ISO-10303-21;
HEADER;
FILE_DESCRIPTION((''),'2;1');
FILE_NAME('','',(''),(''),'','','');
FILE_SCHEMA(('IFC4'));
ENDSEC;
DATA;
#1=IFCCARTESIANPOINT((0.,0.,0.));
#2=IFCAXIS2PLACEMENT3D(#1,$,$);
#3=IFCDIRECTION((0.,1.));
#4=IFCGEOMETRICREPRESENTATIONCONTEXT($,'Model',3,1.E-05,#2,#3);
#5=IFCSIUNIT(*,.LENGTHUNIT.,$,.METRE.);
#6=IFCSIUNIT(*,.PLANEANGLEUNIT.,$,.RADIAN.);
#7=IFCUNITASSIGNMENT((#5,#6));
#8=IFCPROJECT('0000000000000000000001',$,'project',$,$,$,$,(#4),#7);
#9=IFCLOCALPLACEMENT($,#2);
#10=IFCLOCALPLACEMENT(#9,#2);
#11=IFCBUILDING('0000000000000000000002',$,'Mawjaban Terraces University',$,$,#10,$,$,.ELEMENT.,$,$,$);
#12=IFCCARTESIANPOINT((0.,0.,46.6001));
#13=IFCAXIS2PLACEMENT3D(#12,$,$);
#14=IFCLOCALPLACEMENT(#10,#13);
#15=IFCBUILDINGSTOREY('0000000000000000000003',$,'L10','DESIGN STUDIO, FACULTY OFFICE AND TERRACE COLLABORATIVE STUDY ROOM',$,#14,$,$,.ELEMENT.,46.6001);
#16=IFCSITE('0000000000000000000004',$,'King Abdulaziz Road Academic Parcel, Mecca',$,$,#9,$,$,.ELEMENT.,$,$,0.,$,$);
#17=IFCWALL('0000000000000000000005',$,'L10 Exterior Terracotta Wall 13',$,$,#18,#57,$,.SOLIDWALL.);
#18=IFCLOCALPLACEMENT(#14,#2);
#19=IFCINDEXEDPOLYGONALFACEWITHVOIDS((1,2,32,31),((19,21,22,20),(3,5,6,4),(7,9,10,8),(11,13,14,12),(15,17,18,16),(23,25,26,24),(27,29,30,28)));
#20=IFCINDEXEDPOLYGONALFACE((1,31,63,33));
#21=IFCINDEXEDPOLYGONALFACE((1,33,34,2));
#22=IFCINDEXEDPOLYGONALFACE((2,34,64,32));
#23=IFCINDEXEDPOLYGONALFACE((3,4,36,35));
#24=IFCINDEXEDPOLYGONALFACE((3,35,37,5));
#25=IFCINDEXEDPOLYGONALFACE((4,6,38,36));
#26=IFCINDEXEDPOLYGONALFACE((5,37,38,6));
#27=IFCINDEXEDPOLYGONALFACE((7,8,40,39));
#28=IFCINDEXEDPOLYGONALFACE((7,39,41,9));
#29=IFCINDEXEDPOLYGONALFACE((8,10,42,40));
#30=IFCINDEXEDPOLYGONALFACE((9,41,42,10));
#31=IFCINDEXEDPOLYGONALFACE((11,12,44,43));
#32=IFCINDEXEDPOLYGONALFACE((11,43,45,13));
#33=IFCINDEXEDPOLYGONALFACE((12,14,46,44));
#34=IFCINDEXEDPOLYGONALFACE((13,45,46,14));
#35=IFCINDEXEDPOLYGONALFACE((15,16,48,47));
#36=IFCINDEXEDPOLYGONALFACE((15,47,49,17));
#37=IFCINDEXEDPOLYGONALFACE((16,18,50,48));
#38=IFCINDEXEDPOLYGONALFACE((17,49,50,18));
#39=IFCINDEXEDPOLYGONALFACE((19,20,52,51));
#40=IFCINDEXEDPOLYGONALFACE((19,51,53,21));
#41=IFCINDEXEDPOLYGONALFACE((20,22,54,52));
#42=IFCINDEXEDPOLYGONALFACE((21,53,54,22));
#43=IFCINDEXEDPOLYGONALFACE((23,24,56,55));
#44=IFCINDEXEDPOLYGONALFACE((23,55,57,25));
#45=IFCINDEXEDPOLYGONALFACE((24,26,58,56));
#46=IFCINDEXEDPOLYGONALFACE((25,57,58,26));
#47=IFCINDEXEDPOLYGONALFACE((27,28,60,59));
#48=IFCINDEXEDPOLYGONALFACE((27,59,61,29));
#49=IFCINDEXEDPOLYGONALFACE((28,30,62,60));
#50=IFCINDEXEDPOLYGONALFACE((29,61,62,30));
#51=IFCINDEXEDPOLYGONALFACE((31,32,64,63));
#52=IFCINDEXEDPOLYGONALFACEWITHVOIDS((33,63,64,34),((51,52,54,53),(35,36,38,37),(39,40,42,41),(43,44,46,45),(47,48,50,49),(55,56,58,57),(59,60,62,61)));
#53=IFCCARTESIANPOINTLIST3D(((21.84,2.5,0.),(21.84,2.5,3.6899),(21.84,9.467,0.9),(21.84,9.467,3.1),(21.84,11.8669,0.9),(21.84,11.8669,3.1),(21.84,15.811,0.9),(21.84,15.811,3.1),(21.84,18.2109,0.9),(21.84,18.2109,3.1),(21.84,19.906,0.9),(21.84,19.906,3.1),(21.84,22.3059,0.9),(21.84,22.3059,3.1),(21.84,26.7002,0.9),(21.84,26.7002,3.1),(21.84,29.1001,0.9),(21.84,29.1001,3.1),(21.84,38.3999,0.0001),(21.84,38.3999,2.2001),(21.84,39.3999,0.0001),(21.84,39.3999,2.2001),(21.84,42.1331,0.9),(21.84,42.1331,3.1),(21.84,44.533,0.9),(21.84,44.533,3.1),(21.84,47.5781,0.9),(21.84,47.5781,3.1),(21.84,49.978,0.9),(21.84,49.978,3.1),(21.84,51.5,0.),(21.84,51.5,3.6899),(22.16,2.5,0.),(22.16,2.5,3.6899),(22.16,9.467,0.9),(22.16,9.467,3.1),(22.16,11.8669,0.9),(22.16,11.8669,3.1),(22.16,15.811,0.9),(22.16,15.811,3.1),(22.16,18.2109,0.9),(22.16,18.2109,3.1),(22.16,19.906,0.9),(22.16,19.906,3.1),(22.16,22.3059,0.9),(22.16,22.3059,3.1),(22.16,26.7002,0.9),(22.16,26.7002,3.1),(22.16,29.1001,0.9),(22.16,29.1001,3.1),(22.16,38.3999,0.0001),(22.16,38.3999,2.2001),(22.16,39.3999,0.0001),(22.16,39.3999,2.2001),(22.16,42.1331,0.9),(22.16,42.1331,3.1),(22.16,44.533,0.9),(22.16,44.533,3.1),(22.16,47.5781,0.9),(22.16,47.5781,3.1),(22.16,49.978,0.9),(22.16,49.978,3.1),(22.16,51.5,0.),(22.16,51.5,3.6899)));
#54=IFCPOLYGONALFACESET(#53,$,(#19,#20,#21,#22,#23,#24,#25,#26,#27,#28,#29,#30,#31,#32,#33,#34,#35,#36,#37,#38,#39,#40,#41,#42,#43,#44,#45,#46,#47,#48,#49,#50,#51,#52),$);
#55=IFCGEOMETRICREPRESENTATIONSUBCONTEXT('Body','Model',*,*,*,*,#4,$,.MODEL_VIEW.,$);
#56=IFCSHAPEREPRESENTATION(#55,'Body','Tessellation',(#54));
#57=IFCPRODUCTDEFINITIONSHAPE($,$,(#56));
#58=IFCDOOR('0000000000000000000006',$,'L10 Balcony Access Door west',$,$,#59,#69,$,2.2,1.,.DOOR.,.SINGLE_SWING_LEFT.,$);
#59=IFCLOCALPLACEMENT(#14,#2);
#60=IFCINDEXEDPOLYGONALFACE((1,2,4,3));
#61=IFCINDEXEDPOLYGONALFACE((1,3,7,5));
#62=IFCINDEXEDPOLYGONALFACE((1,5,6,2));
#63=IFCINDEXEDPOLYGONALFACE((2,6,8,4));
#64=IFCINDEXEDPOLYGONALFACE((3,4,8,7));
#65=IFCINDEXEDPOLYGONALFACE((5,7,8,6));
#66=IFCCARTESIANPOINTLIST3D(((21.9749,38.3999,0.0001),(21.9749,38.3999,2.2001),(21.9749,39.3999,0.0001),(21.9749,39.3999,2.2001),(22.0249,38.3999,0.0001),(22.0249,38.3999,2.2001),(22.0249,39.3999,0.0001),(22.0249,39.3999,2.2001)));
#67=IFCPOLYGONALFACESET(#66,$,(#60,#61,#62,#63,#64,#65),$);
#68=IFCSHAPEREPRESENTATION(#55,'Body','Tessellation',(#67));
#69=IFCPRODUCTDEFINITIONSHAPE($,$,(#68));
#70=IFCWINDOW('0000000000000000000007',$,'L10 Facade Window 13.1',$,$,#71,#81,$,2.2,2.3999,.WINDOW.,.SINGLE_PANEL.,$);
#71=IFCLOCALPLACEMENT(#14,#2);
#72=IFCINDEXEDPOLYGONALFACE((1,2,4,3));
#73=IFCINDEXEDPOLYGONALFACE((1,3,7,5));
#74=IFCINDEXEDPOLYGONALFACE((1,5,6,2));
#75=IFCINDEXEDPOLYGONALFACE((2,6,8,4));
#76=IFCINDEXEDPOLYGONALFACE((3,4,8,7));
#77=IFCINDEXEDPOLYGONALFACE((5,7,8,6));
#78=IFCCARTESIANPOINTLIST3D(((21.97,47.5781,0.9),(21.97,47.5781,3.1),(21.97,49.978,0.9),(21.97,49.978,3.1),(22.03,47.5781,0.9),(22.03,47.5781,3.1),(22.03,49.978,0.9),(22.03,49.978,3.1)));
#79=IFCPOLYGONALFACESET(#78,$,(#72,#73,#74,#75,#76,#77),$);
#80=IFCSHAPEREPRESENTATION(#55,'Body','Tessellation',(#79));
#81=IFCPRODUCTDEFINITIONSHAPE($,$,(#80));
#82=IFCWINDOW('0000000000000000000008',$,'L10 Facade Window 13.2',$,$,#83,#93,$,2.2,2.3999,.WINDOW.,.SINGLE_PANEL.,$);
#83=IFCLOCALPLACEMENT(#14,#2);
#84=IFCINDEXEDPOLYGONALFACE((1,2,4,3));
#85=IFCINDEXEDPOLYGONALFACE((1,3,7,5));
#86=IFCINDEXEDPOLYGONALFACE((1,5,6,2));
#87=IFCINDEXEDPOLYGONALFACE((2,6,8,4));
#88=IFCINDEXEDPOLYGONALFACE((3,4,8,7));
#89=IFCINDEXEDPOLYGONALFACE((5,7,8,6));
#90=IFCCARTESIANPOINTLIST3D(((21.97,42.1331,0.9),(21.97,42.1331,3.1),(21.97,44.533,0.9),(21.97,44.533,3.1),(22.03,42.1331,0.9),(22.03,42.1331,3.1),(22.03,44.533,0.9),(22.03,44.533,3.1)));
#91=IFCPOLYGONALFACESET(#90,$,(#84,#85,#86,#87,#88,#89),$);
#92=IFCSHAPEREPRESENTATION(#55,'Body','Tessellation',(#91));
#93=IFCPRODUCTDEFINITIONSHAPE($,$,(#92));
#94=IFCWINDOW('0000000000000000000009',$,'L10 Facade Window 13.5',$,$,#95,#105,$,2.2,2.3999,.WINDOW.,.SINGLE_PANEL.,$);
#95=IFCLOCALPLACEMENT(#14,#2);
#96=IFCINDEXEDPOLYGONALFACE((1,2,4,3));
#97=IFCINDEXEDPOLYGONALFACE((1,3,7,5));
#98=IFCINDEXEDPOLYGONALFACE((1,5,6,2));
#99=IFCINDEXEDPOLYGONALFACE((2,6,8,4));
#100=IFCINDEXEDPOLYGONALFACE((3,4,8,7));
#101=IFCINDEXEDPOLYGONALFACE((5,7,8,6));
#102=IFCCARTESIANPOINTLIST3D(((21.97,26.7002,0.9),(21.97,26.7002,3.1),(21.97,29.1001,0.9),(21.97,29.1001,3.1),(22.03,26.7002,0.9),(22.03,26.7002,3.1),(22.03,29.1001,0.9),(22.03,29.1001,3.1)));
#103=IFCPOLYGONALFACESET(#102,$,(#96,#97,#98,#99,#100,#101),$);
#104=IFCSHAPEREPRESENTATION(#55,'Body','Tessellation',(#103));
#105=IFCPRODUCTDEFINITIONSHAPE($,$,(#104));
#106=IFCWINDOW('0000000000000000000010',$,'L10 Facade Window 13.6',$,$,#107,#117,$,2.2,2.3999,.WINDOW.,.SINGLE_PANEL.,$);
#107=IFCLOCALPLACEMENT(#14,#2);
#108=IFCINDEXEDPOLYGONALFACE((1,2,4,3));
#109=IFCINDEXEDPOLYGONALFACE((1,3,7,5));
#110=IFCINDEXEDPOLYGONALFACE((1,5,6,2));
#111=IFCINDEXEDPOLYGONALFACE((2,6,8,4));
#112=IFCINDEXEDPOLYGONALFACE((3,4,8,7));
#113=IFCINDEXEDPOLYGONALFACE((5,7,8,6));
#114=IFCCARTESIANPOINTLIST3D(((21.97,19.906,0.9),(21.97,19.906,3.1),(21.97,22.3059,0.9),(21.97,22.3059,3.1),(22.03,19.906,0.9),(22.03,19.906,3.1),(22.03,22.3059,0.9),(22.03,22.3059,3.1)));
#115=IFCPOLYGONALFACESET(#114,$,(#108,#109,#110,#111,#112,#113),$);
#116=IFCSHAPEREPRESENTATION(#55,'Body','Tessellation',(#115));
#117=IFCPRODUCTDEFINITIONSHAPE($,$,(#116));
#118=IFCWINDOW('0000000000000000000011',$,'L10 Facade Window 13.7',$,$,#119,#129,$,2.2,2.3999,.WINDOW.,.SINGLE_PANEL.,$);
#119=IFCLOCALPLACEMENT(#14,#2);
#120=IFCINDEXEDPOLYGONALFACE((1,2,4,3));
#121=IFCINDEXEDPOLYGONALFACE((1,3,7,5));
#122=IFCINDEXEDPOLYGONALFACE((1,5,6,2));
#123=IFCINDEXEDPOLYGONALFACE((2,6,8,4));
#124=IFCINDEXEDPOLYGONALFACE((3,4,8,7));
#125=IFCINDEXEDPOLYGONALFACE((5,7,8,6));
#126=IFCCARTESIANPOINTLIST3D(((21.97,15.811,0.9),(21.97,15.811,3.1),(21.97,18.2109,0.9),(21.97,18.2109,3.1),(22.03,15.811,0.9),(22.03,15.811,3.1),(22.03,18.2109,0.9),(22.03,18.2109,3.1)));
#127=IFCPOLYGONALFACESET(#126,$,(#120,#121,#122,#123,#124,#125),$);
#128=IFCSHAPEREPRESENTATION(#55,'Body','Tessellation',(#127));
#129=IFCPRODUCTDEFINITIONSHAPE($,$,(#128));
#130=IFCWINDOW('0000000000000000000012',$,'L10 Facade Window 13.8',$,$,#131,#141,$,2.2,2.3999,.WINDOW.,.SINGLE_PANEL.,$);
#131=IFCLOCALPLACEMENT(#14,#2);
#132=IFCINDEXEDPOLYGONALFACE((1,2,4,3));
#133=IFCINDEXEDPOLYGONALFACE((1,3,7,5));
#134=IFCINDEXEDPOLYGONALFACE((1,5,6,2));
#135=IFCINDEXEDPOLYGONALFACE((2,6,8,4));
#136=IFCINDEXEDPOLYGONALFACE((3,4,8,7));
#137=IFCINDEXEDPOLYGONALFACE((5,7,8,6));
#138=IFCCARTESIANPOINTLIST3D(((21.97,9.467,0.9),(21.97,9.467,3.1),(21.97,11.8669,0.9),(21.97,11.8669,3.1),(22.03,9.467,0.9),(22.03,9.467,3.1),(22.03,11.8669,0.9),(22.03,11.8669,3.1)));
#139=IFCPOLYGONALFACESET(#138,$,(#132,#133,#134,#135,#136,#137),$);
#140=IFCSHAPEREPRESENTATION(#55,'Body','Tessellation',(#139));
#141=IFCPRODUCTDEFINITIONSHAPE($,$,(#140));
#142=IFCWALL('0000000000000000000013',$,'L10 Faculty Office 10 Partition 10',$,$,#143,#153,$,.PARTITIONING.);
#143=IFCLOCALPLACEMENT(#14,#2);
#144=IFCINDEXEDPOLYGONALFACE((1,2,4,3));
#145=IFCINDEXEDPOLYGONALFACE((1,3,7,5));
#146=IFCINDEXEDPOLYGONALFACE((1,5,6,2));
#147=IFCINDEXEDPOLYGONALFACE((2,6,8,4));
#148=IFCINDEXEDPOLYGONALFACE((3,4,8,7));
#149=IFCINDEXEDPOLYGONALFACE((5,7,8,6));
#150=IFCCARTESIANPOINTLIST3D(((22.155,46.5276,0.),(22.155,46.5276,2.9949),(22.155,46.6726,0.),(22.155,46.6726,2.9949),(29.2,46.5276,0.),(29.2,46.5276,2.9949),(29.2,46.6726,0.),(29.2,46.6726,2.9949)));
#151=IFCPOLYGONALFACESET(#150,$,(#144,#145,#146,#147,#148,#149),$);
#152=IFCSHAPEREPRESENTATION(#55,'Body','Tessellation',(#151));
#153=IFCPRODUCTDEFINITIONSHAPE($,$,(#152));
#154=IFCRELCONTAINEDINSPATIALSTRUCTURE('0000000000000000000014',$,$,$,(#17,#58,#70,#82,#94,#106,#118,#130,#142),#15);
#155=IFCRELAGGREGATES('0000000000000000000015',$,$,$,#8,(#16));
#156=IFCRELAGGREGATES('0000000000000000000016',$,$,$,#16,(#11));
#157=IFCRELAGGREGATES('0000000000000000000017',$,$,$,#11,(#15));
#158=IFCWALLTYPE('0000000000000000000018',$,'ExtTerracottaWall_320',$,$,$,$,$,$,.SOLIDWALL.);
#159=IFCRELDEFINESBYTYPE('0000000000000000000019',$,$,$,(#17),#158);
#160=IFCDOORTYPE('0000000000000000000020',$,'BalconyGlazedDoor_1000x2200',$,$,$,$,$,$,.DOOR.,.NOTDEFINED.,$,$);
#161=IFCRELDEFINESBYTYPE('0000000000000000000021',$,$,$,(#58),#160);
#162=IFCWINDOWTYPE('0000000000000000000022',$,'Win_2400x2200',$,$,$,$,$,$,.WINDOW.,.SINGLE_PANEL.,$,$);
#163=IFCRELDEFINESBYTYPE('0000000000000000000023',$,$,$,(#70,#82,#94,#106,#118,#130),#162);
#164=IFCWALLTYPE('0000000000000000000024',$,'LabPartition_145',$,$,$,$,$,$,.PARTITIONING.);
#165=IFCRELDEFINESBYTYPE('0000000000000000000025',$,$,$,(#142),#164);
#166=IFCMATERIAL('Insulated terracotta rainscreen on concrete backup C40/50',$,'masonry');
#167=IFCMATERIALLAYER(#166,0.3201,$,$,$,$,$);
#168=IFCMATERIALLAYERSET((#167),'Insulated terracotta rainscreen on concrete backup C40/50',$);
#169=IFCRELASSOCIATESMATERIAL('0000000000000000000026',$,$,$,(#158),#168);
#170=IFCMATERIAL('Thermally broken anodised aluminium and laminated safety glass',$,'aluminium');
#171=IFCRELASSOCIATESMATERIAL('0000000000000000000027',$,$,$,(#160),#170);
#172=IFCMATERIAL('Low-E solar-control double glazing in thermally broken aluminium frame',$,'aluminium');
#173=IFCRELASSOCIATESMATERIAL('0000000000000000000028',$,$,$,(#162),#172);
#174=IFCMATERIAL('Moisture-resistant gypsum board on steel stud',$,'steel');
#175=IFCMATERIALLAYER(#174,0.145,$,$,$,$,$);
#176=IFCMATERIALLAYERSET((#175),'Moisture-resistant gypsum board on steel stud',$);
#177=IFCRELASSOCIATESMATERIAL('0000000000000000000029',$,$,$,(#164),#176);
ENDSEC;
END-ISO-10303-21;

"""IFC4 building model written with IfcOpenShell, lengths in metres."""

from ifc_helpers import new_model, si_unit, direction, frame, frame_2d, origin, place, context, subcontext, project, spatial, rectangle, extrude, material, layer, layer_set, type_object, element, fill, save


model = new_model("IFC4")

# Units and contexts
model_context = context("Model", 3, precision=1e-05, world=origin(), true_north=direction((0.0, 1.0)))
body_context = subcontext(model_context, "Body", "Model", "MODEL_VIEW")
ifc_project = project(units=[si_unit("LENGTHUNIT", "METRE"), si_unit("PLANEANGLEUNIT", "RADIAN")], contexts=[model_context])

# Site, building, storey
site_placement = place(None, origin())
site = spatial("IfcSite", under=ifc_project, at=site_placement, Name="King Abdulaziz Road Academic Parcel, Mecca", CompositionType="ELEMENT", RefElevation=0.0)
building_placement = place(site_placement, origin())
building = spatial("IfcBuilding", under=site, at=building_placement, Name="Mawjaban Terraces University", CompositionType="ELEMENT")
storey_placement = place(building_placement, frame((0.0, 0.0, 46.6001)))
storey = spatial("IfcBuildingStorey", under=building, at=storey_placement, Name="L10", Description="DESIGN STUDIO, FACULTY OFFICE AND TERRACE COLLABORATIVE STUDY ROOM", CompositionType="ELEMENT", Elevation=46.6001)

# Shared definitions
ifc_material_1 = material(Name="Insulated terracotta rainscreen on concrete backup C40/50", Category="masonry")
ifc_layer_1 = layer(ifc_material_1, 0.3201)
ifc_layer_set_1 = layer_set([ifc_layer_1], Name="Insulated terracotta rainscreen on concrete backup C40/50")
wall_type_1 = type_object("IfcWallType", Name="ExtTerracottaWall_320", PredefinedType="SOLIDWALL", material=ifc_layer_set_1)

# Wall, openings, door, windows
wall_1_placement = place(storey_placement, frame((22.0, 51.5, 0.0), z_axis=(0.0, 0.0, 1.0), x_axis=(0.0, -1.0, 0.0)))
wall_1 = element("IfcWall", 1, at=wall_1_placement, inside=storey, type_object=wall_type_1, Name="L10 Exterior Terracotta Wall 13", PredefinedType="SOLIDWALL", context=body_context, shape_type="SweptSolid", body=[
    extrude(rectangle(XDim=49.0, YDim=0.3201, at=frame_2d((24.5, 0.0))), origin(), (0.0, 0.0, 1.0), 3.6899),
])
opening_1_placement = place(wall_1_placement, frame((12.1001, 0.0, 0.0)))
opening_1 = element("IfcOpeningElement", 2, at=opening_1_placement, cuts=wall_1, PredefinedType="OPENING", context=body_context, shape_type="SweptSolid", body=[
    extrude(rectangle(XDim=1.0, YDim=2.2, at=frame_2d((0.5, 1.1001))), frame((0.0, 0.1699, 0.0), z_axis=(0.0, -1.0, 0.0), x_axis=(1.0, 0.0, 0.0)), (0.0, 0.0, 1.0), 0.3401),
])
opening_2_placement = place(wall_1_placement, frame((1.522, 0.0, 0.8999)))
opening_2 = element("IfcOpeningElement", 3, at=opening_2_placement, cuts=wall_1, PredefinedType="OPENING", context=body_context, shape_type="SweptSolid", body=[
    extrude(rectangle(XDim=2.3999, YDim=2.2, at=frame_2d((1.2, 1.1001))), frame((0.0, 0.1699, 0.0), z_axis=(0.0, -1.0, 0.0), x_axis=(1.0, 0.0, 0.0)), (0.0, 0.0, 1.0), 0.3401),
])
opening_3_placement = place(wall_1_placement, frame((6.967, 0.0, 0.8999)))
opening_3 = element("IfcOpeningElement", 4, at=opening_3_placement, cuts=wall_1, PredefinedType="OPENING", context=body_context, shape_type="SweptSolid", body=[
    extrude(rectangle(XDim=2.3999, YDim=2.2, at=frame_2d((1.2, 1.1001))), frame((0.0, 0.1699, 0.0), z_axis=(0.0, -1.0, 0.0), x_axis=(1.0, 0.0, 0.0)), (0.0, 0.0, 1.0), 0.3401),
])
opening_4_placement = place(wall_1_placement, frame((22.3999, 0.0, 0.8999)))
opening_4 = element("IfcOpeningElement", 5, at=opening_4_placement, cuts=wall_1, PredefinedType="OPENING", context=body_context, shape_type="SweptSolid", body=[
    extrude(rectangle(XDim=2.3999, YDim=2.2, at=frame_2d((1.2, 1.1001))), frame((0.0, 0.1699, 0.0), z_axis=(0.0, -1.0, 0.0), x_axis=(1.0, 0.0, 0.0)), (0.0, 0.0, 1.0), 0.3401),
])
opening_5_placement = place(wall_1_placement, frame((29.1941, 0.0, 0.8999)))
opening_5 = element("IfcOpeningElement", 6, at=opening_5_placement, cuts=wall_1, PredefinedType="OPENING", context=body_context, shape_type="SweptSolid", body=[
    extrude(rectangle(XDim=2.3999, YDim=2.2, at=frame_2d((1.2, 1.1001))), frame((0.0, 0.1699, 0.0), z_axis=(0.0, -1.0, 0.0), x_axis=(1.0, 0.0, 0.0)), (0.0, 0.0, 1.0), 0.3401),
])
opening_6_placement = place(wall_1_placement, frame((33.2891, 0.0, 0.8999)))
opening_6 = element("IfcOpeningElement", 7, at=opening_6_placement, cuts=wall_1, PredefinedType="OPENING", context=body_context, shape_type="SweptSolid", body=[
    extrude(rectangle(XDim=2.3999, YDim=2.2, at=frame_2d((1.2, 1.1001))), frame((0.0, 0.1699, 0.0), z_axis=(0.0, -1.0, 0.0), x_axis=(1.0, 0.0, 0.0)), (0.0, 0.0, 1.0), 0.3401),
])
opening_7_placement = place(wall_1_placement, frame((39.6331, 0.0, 0.8999)))
opening_7 = element("IfcOpeningElement", 8, at=opening_7_placement, cuts=wall_1, PredefinedType="OPENING", context=body_context, shape_type="SweptSolid", body=[
    extrude(rectangle(XDim=2.3999, YDim=2.2, at=frame_2d((1.2, 1.1001))), frame((0.0, 0.1699, 0.0), z_axis=(0.0, -1.0, 0.0), x_axis=(1.0, 0.0, 0.0)), (0.0, 0.0, 1.0), 0.3401),
])
ifc_material_2 = material(Name="Thermally broken anodised aluminium and laminated safety glass", Category="aluminium")
door_type_1 = type_object("IfcDoorType", Name="BalconyGlazedDoor_1000x2200", OperationType="NOTDEFINED", PredefinedType="DOOR", material=ifc_material_2)
door_1_placement = place(opening_1_placement, origin())
door_1 = element("IfcDoor", 9, at=door_1_placement, inside=storey, type_object=door_type_1, Name="L10 Balcony Access Door west", OperationType="SINGLE_SWING_LEFT", OverallHeight=2.2, OverallWidth=1.0, PredefinedType="DOOR", context=body_context, shape_type="SweptSolid", body=[
    extrude(rectangle(XDim=1.0, YDim=2.2, at=frame_2d((0.5, 1.1001))), frame((0.0, 0.0249, 0.0), z_axis=(0.0, -1.0, 0.0), x_axis=(1.0, 0.0, 0.0)), (0.0, 0.0, 1.0), 0.05),
])
fill(opening_1, door_1)
ifc_material_3 = material(Name="Low-E solar-control double glazing in thermally broken aluminium frame", Category="aluminium")
window_type = type_object("IfcWindowType", Name="Win_2400x2200", PartitioningType="SINGLE_PANEL", PredefinedType="WINDOW", material=ifc_material_3)
window_1_placement = place(opening_2_placement, origin())
window_1 = element("IfcWindow", 10, at=window_1_placement, inside=storey, type_object=window_type, Name="L10 Facade Window 13.1", OverallHeight=2.2, OverallWidth=2.3999, PartitioningType="SINGLE_PANEL", PredefinedType="WINDOW", context=body_context, shape_type="SweptSolid", body=[
    extrude(rectangle(XDim=2.3999, YDim=2.2, at=frame_2d((1.2, 1.1001))), frame((0.0, 0.03, 0.0), z_axis=(0.0, -1.0, 0.0), x_axis=(1.0, 0.0, 0.0)), (0.0, 0.0, 1.0), 0.0601),
])
fill(opening_2, window_1)
window_2_placement = place(opening_3_placement, origin())
window_2 = element("IfcWindow", 11, at=window_2_placement, inside=storey, type_object=window_type, Name="L10 Facade Window 13.2", OverallHeight=2.2, OverallWidth=2.3999, PartitioningType="SINGLE_PANEL", PredefinedType="WINDOW", context=body_context, shape_type="SweptSolid", body=[
    extrude(rectangle(XDim=2.3999, YDim=2.2, at=frame_2d((1.2, 1.1001))), frame((0.0, 0.03, 0.0), z_axis=(0.0, -1.0, 0.0), x_axis=(1.0, 0.0, 0.0)), (0.0, 0.0, 1.0), 0.0601),
])
fill(opening_3, window_2)
window_3_placement = place(opening_4_placement, origin())
window_3 = element("IfcWindow", 12, at=window_3_placement, inside=storey, type_object=window_type, Name="L10 Facade Window 13.5", OverallHeight=2.2, OverallWidth=2.3999, PartitioningType="SINGLE_PANEL", PredefinedType="WINDOW", context=body_context, shape_type="SweptSolid", body=[
    extrude(rectangle(XDim=2.3999, YDim=2.2, at=frame_2d((1.2, 1.1001))), frame((0.0, 0.03, 0.0), z_axis=(0.0, -1.0, 0.0), x_axis=(1.0, 0.0, 0.0)), (0.0, 0.0, 1.0), 0.0601),
])
fill(opening_4, window_3)
window_4_placement = place(opening_5_placement, origin())
window_4 = element("IfcWindow", 13, at=window_4_placement, inside=storey, type_object=window_type, Name="L10 Facade Window 13.6", OverallHeight=2.2, OverallWidth=2.3999, PartitioningType="SINGLE_PANEL", PredefinedType="WINDOW", context=body_context, shape_type="SweptSolid", body=[
    extrude(rectangle(XDim=2.3999, YDim=2.2, at=frame_2d((1.2, 1.1001))), frame((0.0, 0.03, 0.0), z_axis=(0.0, -1.0, 0.0), x_axis=(1.0, 0.0, 0.0)), (0.0, 0.0, 1.0), 0.0601),
])
fill(opening_5, window_4)
window_5_placement = place(opening_6_placement, origin())
window_5 = element("IfcWindow", 14, at=window_5_placement, inside=storey, type_object=window_type, Name="L10 Facade Window 13.7", OverallHeight=2.2, OverallWidth=2.3999, PartitioningType="SINGLE_PANEL", PredefinedType="WINDOW", context=body_context, shape_type="SweptSolid", body=[
    extrude(rectangle(XDim=2.3999, YDim=2.2, at=frame_2d((1.2, 1.1001))), frame((0.0, 0.03, 0.0), z_axis=(0.0, -1.0, 0.0), x_axis=(1.0, 0.0, 0.0)), (0.0, 0.0, 1.0), 0.0601),
])
fill(opening_6, window_5)
window_6_placement = place(opening_7_placement, origin())
window_6 = element("IfcWindow", 15, at=window_6_placement, inside=storey, type_object=window_type, Name="L10 Facade Window 13.8", OverallHeight=2.2, OverallWidth=2.3999, PartitioningType="SINGLE_PANEL", PredefinedType="WINDOW", context=body_context, shape_type="SweptSolid", body=[
    extrude(rectangle(XDim=2.3999, YDim=2.2, at=frame_2d((1.2, 1.1001))), frame((0.0, 0.03, 0.0), z_axis=(0.0, -1.0, 0.0), x_axis=(1.0, 0.0, 0.0)), (0.0, 0.0, 1.0), 0.0601),
])
fill(opening_7, window_6)

# Wall
ifc_material_4 = material(Name="Moisture-resistant gypsum board on steel stud", Category="steel")
ifc_layer_2 = layer(ifc_material_4, 0.145)
ifc_layer_set_2 = layer_set([ifc_layer_2], Name="Moisture-resistant gypsum board on steel stud")
wall_type_2 = type_object("IfcWallType", Name="LabPartition_145", PredefinedType="PARTITIONING", material=ifc_layer_set_2)
wall_2_placement = place(storey_placement, frame((29.2, 46.6001, 0.0), z_axis=(0.0, 0.0, 1.0), x_axis=(-1.0, 0.0, 0.0)))
element("IfcWall", 16, at=wall_2_placement, inside=storey, type_object=wall_type_2, Name="L10 Faculty Office 10 Partition 10", PredefinedType="PARTITIONING", context=body_context, shape_type="SweptSolid", body=[
    extrude(rectangle(XDim=7.0449, YDim=0.145, at=frame_2d((3.5225, 0.0))), origin(), (0.0, 0.0, 1.0), 2.9949),
])

save(model, "model.ifc")
